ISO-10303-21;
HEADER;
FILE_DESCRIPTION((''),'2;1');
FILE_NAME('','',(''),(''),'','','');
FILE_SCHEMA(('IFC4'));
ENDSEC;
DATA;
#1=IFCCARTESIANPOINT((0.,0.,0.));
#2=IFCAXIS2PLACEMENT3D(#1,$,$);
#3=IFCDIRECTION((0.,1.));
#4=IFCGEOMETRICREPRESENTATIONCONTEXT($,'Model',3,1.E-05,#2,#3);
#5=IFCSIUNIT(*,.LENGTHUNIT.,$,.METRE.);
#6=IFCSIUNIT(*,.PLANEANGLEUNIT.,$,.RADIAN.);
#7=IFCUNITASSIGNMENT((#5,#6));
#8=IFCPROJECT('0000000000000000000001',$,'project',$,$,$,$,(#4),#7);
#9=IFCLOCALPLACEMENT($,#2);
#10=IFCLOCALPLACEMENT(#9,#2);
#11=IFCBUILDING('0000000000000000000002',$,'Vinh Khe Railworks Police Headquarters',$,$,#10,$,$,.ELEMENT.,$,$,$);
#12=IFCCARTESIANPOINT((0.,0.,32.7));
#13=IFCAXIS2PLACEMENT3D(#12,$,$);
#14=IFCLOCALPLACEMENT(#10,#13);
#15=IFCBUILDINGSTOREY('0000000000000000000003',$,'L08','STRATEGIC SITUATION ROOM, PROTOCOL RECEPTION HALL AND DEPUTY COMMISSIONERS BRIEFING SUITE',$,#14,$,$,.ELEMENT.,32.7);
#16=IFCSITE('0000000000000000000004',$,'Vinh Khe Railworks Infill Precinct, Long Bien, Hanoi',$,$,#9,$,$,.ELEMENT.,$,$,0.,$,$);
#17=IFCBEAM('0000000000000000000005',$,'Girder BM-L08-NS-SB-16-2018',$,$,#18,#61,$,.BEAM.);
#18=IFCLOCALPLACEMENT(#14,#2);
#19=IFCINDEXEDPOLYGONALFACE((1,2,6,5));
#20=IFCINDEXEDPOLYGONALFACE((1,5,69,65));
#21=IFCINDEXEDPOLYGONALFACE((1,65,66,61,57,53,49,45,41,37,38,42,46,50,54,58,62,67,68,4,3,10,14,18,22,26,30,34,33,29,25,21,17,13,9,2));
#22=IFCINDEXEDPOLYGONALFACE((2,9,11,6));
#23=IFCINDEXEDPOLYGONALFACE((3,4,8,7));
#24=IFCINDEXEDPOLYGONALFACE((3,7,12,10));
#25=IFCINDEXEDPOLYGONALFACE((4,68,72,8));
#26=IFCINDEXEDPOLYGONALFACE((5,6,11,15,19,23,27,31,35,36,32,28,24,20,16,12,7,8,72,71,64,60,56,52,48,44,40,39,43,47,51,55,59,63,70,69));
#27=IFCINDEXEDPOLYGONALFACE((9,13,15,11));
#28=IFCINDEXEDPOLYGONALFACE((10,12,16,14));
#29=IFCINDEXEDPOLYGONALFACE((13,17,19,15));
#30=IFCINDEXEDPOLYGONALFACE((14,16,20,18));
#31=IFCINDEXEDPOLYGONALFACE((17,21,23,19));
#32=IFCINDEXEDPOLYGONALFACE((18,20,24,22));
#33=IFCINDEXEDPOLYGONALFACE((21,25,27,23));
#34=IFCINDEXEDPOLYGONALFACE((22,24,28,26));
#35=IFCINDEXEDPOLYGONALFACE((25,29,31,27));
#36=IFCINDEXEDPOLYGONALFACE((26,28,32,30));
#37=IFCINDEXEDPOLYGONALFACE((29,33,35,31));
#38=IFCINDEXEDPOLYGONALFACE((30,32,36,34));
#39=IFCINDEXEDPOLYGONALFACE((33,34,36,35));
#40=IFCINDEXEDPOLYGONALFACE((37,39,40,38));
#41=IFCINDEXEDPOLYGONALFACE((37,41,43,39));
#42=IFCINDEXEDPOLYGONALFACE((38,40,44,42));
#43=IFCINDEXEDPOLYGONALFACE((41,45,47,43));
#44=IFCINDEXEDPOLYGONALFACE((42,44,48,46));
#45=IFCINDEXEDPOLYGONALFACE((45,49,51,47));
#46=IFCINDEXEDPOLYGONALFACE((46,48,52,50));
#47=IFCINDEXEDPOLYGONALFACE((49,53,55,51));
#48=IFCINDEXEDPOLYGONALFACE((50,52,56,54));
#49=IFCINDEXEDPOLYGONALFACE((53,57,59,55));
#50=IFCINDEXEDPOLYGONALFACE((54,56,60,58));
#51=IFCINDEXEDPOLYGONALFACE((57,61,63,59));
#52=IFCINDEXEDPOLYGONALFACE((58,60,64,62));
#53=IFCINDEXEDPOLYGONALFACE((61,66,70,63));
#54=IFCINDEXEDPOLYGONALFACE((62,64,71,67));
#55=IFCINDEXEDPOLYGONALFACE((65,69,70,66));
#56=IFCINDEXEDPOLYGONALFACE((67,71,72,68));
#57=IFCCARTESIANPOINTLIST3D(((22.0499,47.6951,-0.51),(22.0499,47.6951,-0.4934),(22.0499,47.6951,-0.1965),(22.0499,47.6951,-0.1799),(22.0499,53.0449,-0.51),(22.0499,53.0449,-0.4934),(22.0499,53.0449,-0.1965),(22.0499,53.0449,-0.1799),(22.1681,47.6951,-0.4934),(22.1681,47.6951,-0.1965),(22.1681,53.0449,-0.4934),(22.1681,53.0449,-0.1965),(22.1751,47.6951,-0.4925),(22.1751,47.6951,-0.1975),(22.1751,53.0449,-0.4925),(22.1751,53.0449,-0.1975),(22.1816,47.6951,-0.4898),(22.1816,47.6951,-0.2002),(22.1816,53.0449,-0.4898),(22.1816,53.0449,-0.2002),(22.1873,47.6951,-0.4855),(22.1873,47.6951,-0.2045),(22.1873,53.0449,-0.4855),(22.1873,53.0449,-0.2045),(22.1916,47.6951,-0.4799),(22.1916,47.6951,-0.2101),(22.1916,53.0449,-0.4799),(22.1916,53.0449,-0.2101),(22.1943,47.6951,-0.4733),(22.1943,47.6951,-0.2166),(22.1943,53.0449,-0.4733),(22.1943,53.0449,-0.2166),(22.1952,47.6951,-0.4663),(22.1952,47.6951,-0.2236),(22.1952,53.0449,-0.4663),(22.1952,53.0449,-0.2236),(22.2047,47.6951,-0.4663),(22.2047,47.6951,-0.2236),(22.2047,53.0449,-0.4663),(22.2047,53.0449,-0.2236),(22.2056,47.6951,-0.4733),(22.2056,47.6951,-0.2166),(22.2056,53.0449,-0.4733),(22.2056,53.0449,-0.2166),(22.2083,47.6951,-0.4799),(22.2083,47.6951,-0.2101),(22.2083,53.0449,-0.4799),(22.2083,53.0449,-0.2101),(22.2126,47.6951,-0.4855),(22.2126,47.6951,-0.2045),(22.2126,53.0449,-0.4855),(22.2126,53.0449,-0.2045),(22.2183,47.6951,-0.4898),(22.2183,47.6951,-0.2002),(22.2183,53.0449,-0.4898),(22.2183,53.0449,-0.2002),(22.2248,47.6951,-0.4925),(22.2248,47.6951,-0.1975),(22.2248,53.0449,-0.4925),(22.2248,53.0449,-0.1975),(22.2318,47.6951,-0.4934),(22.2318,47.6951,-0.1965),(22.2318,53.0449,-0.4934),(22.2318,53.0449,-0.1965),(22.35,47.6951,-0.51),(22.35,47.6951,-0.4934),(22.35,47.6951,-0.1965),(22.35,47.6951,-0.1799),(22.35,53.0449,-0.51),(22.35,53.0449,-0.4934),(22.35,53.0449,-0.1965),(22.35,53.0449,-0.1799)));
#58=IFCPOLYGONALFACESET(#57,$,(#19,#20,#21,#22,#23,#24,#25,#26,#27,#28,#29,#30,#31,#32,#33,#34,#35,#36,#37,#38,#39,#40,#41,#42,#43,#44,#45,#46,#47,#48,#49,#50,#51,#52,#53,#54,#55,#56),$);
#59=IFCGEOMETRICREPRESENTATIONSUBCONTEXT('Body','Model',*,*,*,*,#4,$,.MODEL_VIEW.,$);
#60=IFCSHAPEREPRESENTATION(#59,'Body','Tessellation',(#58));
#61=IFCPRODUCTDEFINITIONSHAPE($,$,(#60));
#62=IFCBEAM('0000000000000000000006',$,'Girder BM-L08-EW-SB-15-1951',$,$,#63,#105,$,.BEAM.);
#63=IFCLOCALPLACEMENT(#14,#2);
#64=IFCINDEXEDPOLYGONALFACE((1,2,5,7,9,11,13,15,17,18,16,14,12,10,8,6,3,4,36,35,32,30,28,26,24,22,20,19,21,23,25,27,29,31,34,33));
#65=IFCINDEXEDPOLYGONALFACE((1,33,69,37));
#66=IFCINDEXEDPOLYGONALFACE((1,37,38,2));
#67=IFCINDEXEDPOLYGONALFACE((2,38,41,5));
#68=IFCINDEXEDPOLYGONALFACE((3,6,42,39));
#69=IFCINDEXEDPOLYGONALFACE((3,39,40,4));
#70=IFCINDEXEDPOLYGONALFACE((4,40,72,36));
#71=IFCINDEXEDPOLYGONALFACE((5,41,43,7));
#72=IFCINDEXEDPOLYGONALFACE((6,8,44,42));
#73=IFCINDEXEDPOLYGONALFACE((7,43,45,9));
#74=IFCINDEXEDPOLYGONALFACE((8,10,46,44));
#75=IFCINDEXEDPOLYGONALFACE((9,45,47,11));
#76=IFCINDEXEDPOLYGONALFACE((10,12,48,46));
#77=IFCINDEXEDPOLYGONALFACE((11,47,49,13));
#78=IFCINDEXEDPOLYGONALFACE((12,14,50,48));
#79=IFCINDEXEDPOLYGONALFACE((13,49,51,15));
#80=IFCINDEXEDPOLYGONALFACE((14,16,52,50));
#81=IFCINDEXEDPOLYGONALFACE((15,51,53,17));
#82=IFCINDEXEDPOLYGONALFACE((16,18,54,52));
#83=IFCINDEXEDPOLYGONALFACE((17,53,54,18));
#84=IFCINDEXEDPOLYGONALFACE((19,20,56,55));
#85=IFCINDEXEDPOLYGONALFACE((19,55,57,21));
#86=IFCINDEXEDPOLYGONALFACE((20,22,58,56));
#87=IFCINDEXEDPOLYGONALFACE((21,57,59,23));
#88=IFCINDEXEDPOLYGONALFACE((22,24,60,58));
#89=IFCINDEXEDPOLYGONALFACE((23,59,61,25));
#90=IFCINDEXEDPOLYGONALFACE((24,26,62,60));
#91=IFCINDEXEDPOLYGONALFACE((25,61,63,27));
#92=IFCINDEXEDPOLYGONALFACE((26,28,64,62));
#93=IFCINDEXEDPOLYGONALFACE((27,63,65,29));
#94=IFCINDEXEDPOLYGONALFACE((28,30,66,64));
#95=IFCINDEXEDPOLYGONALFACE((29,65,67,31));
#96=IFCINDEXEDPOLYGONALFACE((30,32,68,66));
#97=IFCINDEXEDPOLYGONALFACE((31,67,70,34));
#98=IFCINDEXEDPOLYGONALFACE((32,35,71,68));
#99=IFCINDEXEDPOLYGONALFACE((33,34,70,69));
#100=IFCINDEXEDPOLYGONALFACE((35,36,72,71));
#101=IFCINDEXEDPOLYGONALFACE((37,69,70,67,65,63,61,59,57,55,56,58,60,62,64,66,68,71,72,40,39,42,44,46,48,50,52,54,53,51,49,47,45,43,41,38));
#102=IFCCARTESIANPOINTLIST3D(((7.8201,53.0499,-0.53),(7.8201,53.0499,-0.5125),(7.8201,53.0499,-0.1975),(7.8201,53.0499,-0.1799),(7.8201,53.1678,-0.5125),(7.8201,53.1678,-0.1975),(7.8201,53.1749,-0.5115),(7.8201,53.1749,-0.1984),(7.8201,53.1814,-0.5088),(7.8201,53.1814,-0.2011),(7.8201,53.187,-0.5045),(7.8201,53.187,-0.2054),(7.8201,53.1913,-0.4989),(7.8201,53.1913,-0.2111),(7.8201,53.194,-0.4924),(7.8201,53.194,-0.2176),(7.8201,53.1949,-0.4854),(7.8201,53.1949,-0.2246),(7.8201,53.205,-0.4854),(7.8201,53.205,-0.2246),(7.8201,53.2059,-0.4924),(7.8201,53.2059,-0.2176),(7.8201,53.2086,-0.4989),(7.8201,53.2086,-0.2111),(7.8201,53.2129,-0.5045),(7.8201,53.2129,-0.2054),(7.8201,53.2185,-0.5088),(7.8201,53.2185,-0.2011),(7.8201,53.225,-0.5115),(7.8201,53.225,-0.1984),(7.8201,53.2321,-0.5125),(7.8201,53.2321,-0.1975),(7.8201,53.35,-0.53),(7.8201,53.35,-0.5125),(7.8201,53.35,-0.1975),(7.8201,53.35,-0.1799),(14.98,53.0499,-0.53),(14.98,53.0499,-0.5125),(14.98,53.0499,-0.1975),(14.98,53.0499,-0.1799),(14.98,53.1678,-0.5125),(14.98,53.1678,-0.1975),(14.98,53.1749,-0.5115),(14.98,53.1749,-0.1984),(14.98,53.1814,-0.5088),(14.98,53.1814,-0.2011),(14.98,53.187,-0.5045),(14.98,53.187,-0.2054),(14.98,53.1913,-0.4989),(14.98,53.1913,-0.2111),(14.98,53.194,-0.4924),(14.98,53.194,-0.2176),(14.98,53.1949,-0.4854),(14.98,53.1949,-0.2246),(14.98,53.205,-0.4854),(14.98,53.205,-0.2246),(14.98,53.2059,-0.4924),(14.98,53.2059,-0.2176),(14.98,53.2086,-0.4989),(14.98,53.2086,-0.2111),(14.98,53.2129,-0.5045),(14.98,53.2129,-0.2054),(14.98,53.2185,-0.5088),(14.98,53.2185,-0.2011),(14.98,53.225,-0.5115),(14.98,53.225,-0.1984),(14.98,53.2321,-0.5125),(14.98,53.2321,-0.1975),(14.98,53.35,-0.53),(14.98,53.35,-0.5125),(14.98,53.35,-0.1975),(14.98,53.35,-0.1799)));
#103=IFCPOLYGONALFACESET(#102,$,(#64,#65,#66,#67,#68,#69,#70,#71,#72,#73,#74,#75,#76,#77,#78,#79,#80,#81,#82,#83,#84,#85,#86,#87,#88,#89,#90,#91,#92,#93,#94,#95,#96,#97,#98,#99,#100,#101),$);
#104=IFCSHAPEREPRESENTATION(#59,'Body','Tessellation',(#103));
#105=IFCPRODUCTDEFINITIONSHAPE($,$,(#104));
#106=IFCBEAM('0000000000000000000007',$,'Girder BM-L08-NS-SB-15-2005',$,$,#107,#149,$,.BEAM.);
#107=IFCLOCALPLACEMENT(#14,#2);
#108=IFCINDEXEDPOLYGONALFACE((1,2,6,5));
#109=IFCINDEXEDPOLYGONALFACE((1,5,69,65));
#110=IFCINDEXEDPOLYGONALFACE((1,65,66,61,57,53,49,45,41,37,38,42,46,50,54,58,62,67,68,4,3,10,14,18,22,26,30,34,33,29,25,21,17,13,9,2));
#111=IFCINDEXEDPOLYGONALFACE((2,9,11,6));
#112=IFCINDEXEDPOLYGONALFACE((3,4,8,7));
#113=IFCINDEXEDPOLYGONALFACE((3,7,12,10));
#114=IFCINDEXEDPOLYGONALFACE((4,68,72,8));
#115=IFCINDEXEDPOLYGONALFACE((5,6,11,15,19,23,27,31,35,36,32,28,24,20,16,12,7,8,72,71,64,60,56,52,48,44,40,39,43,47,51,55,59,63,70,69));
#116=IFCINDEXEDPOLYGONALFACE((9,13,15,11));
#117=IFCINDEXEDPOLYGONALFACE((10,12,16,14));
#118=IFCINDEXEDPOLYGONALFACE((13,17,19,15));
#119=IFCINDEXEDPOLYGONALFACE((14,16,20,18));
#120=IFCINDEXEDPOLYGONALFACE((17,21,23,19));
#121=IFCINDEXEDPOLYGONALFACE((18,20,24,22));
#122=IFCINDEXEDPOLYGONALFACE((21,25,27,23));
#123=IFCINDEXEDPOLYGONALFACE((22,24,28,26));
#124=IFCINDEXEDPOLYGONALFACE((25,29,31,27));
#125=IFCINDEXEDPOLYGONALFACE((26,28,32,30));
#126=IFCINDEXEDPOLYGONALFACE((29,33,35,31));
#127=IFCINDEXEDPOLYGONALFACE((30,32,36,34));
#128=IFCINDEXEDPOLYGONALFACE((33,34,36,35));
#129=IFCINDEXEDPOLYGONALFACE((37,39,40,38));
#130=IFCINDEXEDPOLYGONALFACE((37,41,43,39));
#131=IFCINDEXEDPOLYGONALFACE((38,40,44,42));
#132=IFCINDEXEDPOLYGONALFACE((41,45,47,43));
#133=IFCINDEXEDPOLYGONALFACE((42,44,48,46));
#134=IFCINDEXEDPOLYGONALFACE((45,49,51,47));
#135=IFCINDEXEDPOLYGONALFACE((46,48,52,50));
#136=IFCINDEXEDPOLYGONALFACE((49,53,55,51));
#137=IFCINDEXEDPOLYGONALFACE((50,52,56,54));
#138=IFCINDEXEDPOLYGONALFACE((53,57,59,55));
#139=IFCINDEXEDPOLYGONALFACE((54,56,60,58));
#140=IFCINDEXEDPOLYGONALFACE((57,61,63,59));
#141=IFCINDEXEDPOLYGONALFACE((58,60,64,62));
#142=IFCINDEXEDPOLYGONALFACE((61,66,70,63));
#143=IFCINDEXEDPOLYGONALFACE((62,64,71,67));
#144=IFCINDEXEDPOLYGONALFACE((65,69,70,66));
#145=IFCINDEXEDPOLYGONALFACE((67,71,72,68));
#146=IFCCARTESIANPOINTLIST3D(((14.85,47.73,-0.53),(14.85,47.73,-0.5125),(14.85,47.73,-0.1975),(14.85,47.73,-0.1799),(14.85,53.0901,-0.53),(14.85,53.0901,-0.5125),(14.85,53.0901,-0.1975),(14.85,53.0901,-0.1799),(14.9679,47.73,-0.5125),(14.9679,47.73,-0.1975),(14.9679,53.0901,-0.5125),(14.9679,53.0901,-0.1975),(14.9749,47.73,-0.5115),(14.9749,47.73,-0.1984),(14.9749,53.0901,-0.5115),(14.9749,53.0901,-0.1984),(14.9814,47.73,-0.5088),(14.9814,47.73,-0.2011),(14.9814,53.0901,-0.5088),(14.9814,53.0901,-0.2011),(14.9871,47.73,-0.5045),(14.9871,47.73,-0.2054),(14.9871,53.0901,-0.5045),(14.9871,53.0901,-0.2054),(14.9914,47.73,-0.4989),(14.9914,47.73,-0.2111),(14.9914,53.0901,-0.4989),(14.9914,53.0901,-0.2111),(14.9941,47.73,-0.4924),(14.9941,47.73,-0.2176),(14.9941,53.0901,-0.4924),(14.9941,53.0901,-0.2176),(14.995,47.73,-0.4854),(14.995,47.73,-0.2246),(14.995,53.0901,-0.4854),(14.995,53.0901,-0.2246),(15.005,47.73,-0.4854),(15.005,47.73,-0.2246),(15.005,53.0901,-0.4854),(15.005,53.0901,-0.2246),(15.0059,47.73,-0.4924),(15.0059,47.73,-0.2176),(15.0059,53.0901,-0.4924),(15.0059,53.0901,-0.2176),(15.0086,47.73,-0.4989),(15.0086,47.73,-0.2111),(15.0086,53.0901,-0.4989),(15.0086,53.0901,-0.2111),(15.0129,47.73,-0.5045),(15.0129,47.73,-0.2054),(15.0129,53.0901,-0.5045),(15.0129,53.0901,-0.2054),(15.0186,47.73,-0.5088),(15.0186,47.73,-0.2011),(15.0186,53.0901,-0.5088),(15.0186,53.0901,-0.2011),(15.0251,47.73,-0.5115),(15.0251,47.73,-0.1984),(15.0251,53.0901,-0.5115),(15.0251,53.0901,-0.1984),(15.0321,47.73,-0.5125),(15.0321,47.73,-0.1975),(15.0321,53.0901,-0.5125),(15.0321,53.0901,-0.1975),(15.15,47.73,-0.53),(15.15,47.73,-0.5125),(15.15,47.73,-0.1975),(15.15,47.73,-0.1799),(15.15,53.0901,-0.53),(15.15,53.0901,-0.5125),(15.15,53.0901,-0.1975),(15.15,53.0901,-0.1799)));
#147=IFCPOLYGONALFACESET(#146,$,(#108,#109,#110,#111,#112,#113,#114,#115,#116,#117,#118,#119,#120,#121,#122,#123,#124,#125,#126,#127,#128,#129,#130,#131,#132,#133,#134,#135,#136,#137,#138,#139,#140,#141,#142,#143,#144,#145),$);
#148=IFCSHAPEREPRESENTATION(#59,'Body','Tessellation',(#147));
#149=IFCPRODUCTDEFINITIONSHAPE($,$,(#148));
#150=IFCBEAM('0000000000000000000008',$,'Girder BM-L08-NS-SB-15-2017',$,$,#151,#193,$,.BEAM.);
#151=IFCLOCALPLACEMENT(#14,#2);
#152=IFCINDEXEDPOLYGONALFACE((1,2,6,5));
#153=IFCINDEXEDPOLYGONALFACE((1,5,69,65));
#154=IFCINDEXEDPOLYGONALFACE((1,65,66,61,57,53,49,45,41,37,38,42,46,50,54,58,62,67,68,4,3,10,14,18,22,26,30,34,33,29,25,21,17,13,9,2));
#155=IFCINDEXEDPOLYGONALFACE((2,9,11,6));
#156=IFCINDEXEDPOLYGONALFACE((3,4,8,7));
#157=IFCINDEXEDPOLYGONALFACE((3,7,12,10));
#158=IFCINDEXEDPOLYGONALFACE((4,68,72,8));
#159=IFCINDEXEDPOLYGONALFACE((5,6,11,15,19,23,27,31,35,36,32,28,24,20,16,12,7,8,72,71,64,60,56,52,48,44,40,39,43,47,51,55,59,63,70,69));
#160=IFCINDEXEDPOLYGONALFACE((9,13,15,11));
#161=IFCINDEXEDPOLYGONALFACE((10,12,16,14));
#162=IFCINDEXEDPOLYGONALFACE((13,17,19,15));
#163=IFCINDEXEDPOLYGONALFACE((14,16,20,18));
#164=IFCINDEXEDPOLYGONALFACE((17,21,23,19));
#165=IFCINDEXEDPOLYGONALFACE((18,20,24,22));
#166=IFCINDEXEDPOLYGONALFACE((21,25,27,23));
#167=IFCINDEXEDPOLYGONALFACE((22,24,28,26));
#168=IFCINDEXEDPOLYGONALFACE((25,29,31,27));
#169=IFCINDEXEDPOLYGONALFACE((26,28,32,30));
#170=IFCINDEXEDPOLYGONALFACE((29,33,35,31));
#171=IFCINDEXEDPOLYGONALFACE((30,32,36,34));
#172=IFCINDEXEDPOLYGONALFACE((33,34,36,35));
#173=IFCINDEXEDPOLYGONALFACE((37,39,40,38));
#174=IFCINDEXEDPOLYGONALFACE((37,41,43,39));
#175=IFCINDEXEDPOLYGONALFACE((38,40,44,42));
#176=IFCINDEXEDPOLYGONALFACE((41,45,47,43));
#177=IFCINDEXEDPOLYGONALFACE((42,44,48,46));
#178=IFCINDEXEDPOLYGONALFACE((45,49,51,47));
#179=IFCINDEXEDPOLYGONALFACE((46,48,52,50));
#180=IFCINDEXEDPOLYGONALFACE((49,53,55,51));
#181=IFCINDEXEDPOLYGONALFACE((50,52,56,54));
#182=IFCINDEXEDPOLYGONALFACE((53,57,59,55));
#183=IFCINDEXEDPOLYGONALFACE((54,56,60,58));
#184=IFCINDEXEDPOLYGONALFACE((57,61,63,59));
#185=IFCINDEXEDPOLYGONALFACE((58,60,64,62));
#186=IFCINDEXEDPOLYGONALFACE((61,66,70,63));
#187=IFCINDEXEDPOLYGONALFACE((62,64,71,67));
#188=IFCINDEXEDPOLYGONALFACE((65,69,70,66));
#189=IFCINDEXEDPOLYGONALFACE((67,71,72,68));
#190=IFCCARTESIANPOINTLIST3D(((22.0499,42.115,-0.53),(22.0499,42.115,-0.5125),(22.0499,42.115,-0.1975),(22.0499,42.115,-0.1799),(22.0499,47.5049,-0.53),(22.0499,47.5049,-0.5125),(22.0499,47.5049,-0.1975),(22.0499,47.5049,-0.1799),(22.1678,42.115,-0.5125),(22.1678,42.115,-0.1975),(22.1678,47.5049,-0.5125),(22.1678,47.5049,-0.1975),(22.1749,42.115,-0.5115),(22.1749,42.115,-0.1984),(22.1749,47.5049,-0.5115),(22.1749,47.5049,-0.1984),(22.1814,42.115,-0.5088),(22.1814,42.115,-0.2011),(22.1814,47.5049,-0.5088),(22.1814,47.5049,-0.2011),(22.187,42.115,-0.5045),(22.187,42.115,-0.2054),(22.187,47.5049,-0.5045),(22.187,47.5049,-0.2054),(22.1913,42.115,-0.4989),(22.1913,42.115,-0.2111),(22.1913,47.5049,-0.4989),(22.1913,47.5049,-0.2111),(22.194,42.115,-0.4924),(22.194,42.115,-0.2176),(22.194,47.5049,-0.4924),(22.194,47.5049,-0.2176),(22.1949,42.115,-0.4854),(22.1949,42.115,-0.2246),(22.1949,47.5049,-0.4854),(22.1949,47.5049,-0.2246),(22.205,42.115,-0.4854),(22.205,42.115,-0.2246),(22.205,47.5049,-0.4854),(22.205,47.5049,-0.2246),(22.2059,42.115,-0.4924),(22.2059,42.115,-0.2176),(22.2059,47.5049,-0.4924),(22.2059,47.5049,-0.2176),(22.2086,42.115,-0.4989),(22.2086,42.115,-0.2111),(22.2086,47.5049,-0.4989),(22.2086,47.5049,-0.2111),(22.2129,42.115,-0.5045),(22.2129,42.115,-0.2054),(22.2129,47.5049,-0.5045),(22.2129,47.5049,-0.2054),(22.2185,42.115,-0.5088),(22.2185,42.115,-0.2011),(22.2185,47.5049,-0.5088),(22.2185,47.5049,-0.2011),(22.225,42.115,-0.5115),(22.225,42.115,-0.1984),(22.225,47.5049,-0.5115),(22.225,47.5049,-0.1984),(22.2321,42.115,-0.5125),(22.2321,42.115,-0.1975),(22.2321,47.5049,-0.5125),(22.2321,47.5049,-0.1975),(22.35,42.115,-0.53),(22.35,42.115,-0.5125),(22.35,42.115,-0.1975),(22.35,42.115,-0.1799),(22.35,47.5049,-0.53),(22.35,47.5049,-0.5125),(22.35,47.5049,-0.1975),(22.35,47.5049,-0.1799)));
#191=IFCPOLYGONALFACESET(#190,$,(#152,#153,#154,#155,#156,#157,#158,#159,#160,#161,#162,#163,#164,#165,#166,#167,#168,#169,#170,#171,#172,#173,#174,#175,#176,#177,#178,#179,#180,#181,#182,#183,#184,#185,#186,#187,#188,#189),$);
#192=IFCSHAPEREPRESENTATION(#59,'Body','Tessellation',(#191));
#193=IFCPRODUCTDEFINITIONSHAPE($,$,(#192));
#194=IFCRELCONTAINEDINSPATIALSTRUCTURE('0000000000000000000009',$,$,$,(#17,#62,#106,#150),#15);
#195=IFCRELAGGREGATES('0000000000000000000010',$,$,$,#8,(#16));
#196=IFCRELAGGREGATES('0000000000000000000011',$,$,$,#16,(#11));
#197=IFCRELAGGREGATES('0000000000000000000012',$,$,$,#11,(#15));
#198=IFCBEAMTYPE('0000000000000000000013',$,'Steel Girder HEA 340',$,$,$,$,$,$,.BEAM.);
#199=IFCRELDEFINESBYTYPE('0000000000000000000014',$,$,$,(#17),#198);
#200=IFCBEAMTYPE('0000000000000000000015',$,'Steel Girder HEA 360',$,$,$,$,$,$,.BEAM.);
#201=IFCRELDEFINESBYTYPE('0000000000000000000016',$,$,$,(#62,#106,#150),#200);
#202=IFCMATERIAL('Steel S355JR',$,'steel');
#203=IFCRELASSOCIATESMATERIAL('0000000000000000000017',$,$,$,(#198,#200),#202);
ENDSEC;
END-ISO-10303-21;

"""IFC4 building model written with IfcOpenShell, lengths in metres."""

from ifc_helpers import new_model, si_unit, direction, frame, origin, origin_2d, place, context, subcontext, project, spatial, i_section, extrude, material, material_profile, profile_set, type_object, element, save


model = new_model("IFC4")

# Units and contexts
model_context = context("Model", 3, precision=1e-05, world=origin(), true_north=direction((0.0, 1.0)))
body_context = subcontext(model_context, "Body", "Model", "MODEL_VIEW")
ifc_project = project(units=[si_unit("LENGTHUNIT", "METRE"), si_unit("PLANEANGLEUNIT", "RADIAN")], contexts=[model_context])

# Site, building, storey
site_placement = place(None, origin())
site = spatial("IfcSite", under=ifc_project, at=site_placement, Name="Vinh Khe Railworks Infill Precinct, Long Bien, Hanoi", CompositionType="ELEMENT", RefElevation=0.0)
building_placement = place(site_placement, origin())
building = spatial("IfcBuilding", under=site, at=building_placement, Name="Vinh Khe Railworks Police Headquarters", CompositionType="ELEMENT")
storey_placement = place(building_placement, frame((0.0, 0.0, 32.7)))
storey = spatial("IfcBuildingStorey", under=building, at=storey_placement, Name="L08", Description="STRATEGIC SITUATION ROOM, PROTOCOL RECEPTION HALL AND DEPUTY COMMISSIONERS BRIEFING SUITE", CompositionType="ELEMENT", Elevation=32.7)

# Shared definitions
ifc_material_1 = material(Name="Steel S355JR", Category="steel")

# Beams
ifc_material_profile_1 = material_profile(ifc_material_1, i_section(OverallWidth=0.3, OverallDepth=0.3301, WebThickness=0.0095, FlangeThickness=0.0166, FilletRadius=0.0271, at=origin_2d()), Name="HEA 340")
ifc_profile_set_1 = profile_set([ifc_material_profile_1], Name="Steel S355JR")
beam_type_1 = type_object("IfcBeamType", Name="Steel Girder HEA 340", PredefinedType="BEAM", material=ifc_profile_set_1)
beam_1_placement = place(storey_placement, frame((22.2, 47.6951, -0.345), z_axis=(0.0, 1.0, 0.0), x_axis=(-1.0, 0.0, 0.0)))
element("IfcBeam", 1, at=beam_1_placement, inside=storey, type_object=beam_type_1, Name="Girder BM-L08-NS-SB-16-2018", PredefinedType="BEAM", context=body_context, shape_type="SweptSolid", body=[
    extrude(i_section(OverallWidth=0.3, OverallDepth=0.3301, WebThickness=0.0095, FlangeThickness=0.0166, FilletRadius=0.0271, at=origin_2d()), origin(), (0.0, 0.0, 1.0), 5.3499),
])
ifc_material_profile_2 = material_profile(ifc_material_1, i_section(OverallWidth=0.3, OverallDepth=0.3501, WebThickness=0.01, FlangeThickness=0.0176, FilletRadius=0.0271, at=origin_2d()), Name="HEA 360")
ifc_profile_set_2 = profile_set([ifc_material_profile_2], Name="Steel S355JR")
beam_type_2 = type_object("IfcBeamType", Name="Steel Girder HEA 360", PredefinedType="BEAM", material=ifc_profile_set_2)
beam_2_placement = place(storey_placement, frame((7.8201, 53.2, -0.355), z_axis=(1.0, 0.0, 0.0), x_axis=(0.0, 1.0, 0.0)))
element("IfcBeam", 2, at=beam_2_placement, inside=storey, type_object=beam_type_2, Name="Girder BM-L08-EW-SB-15-1951", PredefinedType="BEAM", context=body_context, shape_type="SweptSolid", body=[
    extrude(i_section(OverallWidth=0.3, OverallDepth=0.3501, WebThickness=0.01, FlangeThickness=0.0176, FilletRadius=0.0271, at=origin_2d()), origin(), (0.0, 0.0, 1.0), 7.1599),
])
beam_3_placement = place(storey_placement, frame((15.0, 47.73, -0.355), z_axis=(0.0, 1.0, 0.0), x_axis=(-1.0, 0.0, 0.0)))
element("IfcBeam", 3, at=beam_3_placement, inside=storey, type_object=beam_type_2, Name="Girder BM-L08-NS-SB-15-2005", PredefinedType="BEAM", context=body_context, shape_type="SweptSolid", body=[
    extrude(i_section(OverallWidth=0.3, OverallDepth=0.3501, WebThickness=0.01, FlangeThickness=0.0176, FilletRadius=0.0271, at=origin_2d()), origin(), (0.0, 0.0, 1.0), 5.3601),
])
beam_4_placement = place(storey_placement, frame((22.2, 42.115, -0.355), z_axis=(0.0, 1.0, 0.0), x_axis=(-1.0, 0.0, 0.0)))
element("IfcBeam", 4, at=beam_4_placement, inside=storey, type_object=beam_type_2, Name="Girder BM-L08-NS-SB-15-2017", PredefinedType="BEAM", context=body_context, shape_type="SweptSolid", body=[
    extrude(i_section(OverallWidth=0.3, OverallDepth=0.3501, WebThickness=0.01, FlangeThickness=0.0176, FilletRadius=0.0271, at=origin_2d()), origin(), (0.0, 0.0, 1.0), 5.3899),
])

save(model, "model.ifc")
